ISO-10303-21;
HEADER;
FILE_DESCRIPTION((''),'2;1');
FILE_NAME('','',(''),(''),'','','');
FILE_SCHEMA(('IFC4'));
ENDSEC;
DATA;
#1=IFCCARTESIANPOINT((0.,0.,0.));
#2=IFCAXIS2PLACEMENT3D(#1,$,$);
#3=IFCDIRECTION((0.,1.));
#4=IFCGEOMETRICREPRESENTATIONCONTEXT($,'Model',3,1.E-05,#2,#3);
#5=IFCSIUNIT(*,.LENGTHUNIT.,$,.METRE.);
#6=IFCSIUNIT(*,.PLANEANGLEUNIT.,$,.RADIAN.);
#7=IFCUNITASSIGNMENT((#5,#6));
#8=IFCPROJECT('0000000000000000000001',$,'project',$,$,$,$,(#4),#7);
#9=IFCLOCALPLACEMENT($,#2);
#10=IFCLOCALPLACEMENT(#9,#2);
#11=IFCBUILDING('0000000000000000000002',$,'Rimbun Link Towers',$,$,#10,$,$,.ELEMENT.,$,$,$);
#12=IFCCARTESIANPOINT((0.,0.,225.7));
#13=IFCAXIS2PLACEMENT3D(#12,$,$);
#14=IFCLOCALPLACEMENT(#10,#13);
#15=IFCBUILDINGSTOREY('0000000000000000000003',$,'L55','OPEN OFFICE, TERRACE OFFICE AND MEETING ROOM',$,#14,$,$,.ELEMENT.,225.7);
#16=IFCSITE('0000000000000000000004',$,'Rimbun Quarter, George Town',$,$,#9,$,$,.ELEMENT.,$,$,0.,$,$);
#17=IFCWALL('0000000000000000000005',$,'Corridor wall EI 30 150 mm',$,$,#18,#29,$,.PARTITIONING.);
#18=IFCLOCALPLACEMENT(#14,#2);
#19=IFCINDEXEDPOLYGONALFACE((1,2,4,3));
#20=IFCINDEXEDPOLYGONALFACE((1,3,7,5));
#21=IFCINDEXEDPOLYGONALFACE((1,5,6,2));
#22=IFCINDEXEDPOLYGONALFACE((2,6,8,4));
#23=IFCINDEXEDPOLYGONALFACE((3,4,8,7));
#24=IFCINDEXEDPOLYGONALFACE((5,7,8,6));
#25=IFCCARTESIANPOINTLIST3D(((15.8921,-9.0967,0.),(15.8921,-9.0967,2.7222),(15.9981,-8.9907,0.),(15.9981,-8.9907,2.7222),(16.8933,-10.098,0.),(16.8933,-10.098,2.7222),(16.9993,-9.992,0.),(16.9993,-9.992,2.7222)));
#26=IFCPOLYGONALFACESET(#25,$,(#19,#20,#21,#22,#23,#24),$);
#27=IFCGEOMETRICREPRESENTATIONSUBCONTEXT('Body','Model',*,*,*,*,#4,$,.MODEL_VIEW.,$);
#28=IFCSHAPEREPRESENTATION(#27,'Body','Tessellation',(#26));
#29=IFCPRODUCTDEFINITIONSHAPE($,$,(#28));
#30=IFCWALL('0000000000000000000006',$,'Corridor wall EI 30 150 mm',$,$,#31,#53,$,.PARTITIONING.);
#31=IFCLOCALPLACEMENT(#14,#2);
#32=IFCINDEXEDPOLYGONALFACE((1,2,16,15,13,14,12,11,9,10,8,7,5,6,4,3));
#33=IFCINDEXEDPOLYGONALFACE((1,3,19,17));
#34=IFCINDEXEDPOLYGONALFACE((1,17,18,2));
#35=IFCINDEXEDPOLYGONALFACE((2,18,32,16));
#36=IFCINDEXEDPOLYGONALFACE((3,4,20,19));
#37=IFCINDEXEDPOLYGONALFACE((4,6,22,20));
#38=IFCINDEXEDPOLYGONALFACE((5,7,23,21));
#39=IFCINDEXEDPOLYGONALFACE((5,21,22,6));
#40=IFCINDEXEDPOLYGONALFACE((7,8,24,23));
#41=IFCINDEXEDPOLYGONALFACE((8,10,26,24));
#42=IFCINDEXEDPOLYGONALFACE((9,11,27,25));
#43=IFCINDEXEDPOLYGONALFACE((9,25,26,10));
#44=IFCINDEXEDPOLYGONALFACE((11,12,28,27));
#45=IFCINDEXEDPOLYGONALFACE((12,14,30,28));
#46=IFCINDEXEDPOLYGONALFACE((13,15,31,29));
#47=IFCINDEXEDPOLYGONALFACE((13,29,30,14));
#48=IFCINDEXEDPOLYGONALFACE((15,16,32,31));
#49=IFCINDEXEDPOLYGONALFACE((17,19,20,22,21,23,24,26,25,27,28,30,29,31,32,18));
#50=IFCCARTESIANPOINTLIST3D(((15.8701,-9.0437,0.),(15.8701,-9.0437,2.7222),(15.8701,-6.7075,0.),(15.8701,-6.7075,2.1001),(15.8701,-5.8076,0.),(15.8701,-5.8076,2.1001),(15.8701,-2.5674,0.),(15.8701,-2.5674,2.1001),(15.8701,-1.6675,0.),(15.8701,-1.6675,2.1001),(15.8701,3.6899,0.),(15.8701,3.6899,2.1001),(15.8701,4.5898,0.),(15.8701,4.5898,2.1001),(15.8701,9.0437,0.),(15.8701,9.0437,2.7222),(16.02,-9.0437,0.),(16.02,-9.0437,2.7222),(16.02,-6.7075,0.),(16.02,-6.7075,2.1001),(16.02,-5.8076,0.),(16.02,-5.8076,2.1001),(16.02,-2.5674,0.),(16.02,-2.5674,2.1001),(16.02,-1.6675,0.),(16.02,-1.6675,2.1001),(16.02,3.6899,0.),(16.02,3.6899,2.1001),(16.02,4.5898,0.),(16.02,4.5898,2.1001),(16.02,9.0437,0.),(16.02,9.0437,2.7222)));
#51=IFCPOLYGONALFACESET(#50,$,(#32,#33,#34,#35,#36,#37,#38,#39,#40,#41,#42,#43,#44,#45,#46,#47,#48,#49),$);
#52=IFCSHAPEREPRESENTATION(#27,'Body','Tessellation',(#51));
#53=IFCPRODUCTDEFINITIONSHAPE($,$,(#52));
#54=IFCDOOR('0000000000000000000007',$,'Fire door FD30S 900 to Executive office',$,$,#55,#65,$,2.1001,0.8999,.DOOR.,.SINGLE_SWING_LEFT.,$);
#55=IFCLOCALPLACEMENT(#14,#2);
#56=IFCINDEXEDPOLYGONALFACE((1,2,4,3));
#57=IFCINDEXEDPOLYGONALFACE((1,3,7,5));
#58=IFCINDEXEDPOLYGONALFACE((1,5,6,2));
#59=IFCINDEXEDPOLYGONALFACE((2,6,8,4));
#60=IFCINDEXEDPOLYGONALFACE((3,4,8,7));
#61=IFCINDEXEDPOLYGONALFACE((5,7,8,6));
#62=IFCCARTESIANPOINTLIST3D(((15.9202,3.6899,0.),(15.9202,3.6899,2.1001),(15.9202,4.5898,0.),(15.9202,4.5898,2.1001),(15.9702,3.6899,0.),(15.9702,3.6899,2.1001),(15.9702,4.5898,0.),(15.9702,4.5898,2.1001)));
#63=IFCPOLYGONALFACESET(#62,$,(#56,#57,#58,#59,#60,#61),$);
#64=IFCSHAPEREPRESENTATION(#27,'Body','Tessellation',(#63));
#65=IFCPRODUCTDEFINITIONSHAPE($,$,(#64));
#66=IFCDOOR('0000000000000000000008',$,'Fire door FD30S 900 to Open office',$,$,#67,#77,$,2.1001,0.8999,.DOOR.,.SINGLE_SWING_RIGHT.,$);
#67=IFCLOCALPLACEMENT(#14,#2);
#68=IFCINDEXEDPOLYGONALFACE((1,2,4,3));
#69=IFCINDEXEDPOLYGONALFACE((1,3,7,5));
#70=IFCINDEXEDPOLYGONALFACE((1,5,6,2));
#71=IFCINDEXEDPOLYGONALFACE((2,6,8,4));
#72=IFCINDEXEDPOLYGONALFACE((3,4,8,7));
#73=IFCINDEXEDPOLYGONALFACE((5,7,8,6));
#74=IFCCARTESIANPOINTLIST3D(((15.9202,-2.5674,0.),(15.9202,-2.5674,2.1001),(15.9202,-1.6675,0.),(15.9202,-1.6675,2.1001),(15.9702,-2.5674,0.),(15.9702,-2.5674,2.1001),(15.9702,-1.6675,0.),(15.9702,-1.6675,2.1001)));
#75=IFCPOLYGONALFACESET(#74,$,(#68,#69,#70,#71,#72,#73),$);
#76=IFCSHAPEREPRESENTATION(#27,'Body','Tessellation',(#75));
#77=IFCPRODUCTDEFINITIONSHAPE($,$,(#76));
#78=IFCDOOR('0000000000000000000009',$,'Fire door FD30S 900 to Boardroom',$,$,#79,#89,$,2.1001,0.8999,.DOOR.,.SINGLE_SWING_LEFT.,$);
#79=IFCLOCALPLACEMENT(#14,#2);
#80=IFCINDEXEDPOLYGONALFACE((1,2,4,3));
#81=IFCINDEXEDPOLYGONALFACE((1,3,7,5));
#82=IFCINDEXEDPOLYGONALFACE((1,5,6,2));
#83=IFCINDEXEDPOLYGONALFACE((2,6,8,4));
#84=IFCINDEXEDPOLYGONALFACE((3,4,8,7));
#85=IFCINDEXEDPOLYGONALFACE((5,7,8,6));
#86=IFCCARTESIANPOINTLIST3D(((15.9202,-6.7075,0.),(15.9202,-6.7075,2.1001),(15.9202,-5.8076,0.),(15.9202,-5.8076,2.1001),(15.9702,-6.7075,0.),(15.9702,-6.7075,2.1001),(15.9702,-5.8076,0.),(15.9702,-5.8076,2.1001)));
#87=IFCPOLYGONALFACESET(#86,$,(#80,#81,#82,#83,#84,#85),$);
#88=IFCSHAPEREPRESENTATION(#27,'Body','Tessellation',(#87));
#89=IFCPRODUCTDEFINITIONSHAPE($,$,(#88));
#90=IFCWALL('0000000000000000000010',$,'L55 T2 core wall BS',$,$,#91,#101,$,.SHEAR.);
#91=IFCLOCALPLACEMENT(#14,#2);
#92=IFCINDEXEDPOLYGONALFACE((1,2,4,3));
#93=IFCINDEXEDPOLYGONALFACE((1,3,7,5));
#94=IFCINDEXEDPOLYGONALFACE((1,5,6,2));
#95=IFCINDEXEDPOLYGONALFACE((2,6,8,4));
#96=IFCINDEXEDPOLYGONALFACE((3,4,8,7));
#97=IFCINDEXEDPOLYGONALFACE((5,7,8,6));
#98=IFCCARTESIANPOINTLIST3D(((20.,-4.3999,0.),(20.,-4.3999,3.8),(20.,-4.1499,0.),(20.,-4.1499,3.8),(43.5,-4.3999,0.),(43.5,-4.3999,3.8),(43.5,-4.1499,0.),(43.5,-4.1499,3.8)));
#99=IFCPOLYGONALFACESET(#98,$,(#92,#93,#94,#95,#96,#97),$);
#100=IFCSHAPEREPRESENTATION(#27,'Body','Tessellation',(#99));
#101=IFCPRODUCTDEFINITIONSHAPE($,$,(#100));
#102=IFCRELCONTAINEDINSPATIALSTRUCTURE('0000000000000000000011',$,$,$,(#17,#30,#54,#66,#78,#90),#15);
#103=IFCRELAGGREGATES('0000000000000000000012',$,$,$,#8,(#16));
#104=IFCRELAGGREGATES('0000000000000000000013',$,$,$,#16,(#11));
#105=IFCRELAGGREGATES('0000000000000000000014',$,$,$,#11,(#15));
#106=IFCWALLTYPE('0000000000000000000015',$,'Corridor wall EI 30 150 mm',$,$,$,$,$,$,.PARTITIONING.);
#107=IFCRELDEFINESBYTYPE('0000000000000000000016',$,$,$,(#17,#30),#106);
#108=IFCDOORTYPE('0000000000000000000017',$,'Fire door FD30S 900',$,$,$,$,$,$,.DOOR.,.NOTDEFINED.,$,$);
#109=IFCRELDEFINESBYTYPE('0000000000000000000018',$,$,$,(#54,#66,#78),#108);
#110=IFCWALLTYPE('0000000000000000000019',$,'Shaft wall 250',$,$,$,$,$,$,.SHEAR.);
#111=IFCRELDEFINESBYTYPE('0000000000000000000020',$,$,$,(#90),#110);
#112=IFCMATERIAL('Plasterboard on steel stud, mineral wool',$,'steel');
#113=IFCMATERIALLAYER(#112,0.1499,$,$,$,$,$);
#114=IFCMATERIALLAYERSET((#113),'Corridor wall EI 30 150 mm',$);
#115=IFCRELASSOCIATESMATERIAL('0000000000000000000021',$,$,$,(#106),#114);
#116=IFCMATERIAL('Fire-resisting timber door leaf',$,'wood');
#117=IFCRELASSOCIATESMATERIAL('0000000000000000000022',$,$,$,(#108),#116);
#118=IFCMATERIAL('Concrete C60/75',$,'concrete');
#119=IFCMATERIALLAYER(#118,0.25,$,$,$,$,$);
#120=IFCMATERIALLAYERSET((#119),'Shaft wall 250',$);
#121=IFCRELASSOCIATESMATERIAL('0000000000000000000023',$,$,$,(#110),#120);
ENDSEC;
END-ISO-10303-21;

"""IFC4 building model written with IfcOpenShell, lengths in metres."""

from ifc_helpers import new_model, si_unit, direction, frame, frame_2d, origin, place, context, subcontext, project, spatial, rectangle, extrude, material, layer, layer_set, type_object, element, fill, save


model = new_model("IFC4")

# Units and contexts
model_context = context("Model", 3, precision=1e-05, world=origin(), true_north=direction((0.0, 1.0)))
body_context = subcontext(model_context, "Body", "Model", "MODEL_VIEW")
ifc_project = project(units=[si_unit("LENGTHUNIT", "METRE"), si_unit("PLANEANGLEUNIT", "RADIAN")], contexts=[model_context])

# Site, building, storey
site_placement = place(None, origin())
site = spatial("IfcSite", under=ifc_project, at=site_placement, Name="Rimbun Quarter, George Town", CompositionType="ELEMENT", RefElevation=0.0)
building_placement = place(site_placement, origin())
building = spatial("IfcBuilding", under=site, at=building_placement, Name="Rimbun Link Towers", CompositionType="ELEMENT")
storey_placement = place(building_placement, frame((0.0, 0.0, 225.7)))
storey = spatial("IfcBuildingStorey", under=building, at=storey_placement, Name="L55", Description="OPEN OFFICE, TERRACE OFFICE AND MEETING ROOM", CompositionType="ELEMENT", Elevation=225.7)

# Wall
ifc_material_1 = material(Name="Plasterboard on steel stud, mineral wool", Category="steel")
ifc_layer_1 = layer(ifc_material_1, 0.1499)
ifc_layer_set_1 = layer_set([ifc_layer_1], Name="Corridor wall EI 30 150 mm")
wall_type_1 = type_object("IfcWallType", Name="Corridor wall EI 30 150 mm", PredefinedType="PARTITIONING", material=ifc_layer_set_1)
wall_1_placement = place(storey_placement, frame((15.9451, -9.0437, 0.0), z_axis=(0.0, 0.0, 1.0), x_axis=(0.707107, -0.707107, 0.0)))
element("IfcWall", 1, at=wall_1_placement, inside=storey, type_object=wall_type_1, Name="Corridor wall EI 30 150 mm", PredefinedType="PARTITIONING", context=body_context, shape_type="SweptSolid", body=[
    extrude(rectangle(XDim=1.416, YDim=0.1499, at=frame_2d((0.708, 0.0))), origin(), (0.0, 0.0, 1.0), 2.7222),
])

# Wall, openings, doors
wall_2_placement = place(storey_placement, frame((15.9451, -9.0437, 0.0), z_axis=(0.0, 0.0, 1.0), x_axis=(0.0, 1.0, 0.0)))
wall_2 = element("IfcWall", 2, at=wall_2_placement, inside=storey, type_object=wall_type_1, Name="Corridor wall EI 30 150 mm", PredefinedType="PARTITIONING", context=body_context, shape_type="SweptSolid", body=[
    extrude(rectangle(XDim=18.0874, YDim=0.1499, at=frame_2d((9.0437, 0.0))), origin(), (0.0, 0.0, 1.0), 2.7222),
])
opening_1_placement = place(wall_2_placement, frame((12.7336, 0.0, 0.0)))
opening_1 = element("IfcOpeningElement", 3, at=opening_1_placement, cuts=wall_2, PredefinedType="OPENING", context=body_context, shape_type="SweptSolid", body=[
    extrude(rectangle(XDim=0.8999, YDim=2.1001, at=frame_2d((0.45, 1.05))), frame((0.0, 0.085, 0.0), z_axis=(0.0, -1.0, 0.0), x_axis=(1.0, 0.0, 0.0)), (0.0, 0.0, 1.0), 0.1699),
])
opening_2_placement = place(wall_2_placement, frame((6.4763, 0.0, 0.0)))
opening_2 = element("IfcOpeningElement", 4, at=opening_2_placement, cuts=wall_2, PredefinedType="OPENING", context=body_context, shape_type="SweptSolid", body=[
    extrude(rectangle(XDim=0.8999, YDim=2.1001, at=frame_2d((0.45, 1.05))), frame((0.0, 0.085, 0.0), z_axis=(0.0, -1.0, 0.0), x_axis=(1.0, 0.0, 0.0)), (0.0, 0.0, 1.0), 0.1699),
])
opening_3_placement = place(wall_2_placement, frame((2.3362, 0.0, 0.0)))
opening_3 = element("IfcOpeningElement", 5, at=opening_3_placement, cuts=wall_2, PredefinedType="OPENING", context=body_context, shape_type="SweptSolid", body=[
    extrude(rectangle(XDim=0.8999, YDim=2.1001, at=frame_2d((0.45, 1.05))), frame((0.0, 0.085, 0.0), z_axis=(0.0, -1.0, 0.0), x_axis=(1.0, 0.0, 0.0)), (0.0, 0.0, 1.0), 0.1699),
])
ifc_material_2 = material(Name="Fire-resisting timber door leaf", Category="wood")
door_type_1 = type_object("IfcDoorType", Name="Fire door FD30S 900", OperationType="NOTDEFINED", PredefinedType="DOOR", material=ifc_material_2)
door_1_placement = place(opening_1_placement, origin())
door_1 = element("IfcDoor", 6, at=door_1_placement, inside=storey, type_object=door_type_1, Name="Fire door FD30S 900 to Executive office", OperationType="SINGLE_SWING_LEFT", OverallHeight=2.1001, OverallWidth=0.8999, PredefinedType="DOOR", context=body_context, shape_type="SweptSolid", body=[
    extrude(rectangle(XDim=0.8999, YDim=2.1001, at=frame_2d((0.45, 1.05))), frame((0.0, 0.0249, 0.0), z_axis=(0.0, -1.0, 0.0), x_axis=(1.0, 0.0, 0.0)), (0.0, 0.0, 1.0), 0.05),
])
fill(opening_1, door_1)
door_2_placement = place(opening_2_placement, origin())
door_2 = element("IfcDoor", 7, at=door_2_placement, inside=storey, type_object=door_type_1, Name="Fire door FD30S 900 to Open office", OperationType="SINGLE_SWING_RIGHT", OverallHeight=2.1001, OverallWidth=0.8999, PredefinedType="DOOR", context=body_context, shape_type="SweptSolid", body=[
    extrude(rectangle(XDim=0.8999, YDim=2.1001, at=frame_2d((0.45, 1.05))), frame((0.0, 0.0249, 0.0), z_axis=(0.0, -1.0, 0.0), x_axis=(1.0, 0.0, 0.0)), (0.0, 0.0, 1.0), 0.05),
])
fill(opening_2, door_2)
door_3_placement = place(opening_3_placement, origin())
door_3 = element("IfcDoor", 8, at=door_3_placement, inside=storey, type_object=door_type_1, Name="Fire door FD30S 900 to Boardroom", OperationType="SINGLE_SWING_LEFT", OverallHeight=2.1001, OverallWidth=0.8999, PredefinedType="DOOR", context=body_context, shape_type="SweptSolid", body=[
    extrude(rectangle(XDim=0.8999, YDim=2.1001, at=frame_2d((0.45, 1.05))), frame((0.0, 0.0249, 0.0), z_axis=(0.0, -1.0, 0.0), x_axis=(1.0, 0.0, 0.0)), (0.0, 0.0, 1.0), 0.05),
])
fill(opening_3, door_3)

# Wall
ifc_material_3 = material(Name="Concrete C60/75", Category="concrete")
ifc_layer_2 = layer(ifc_material_3, 0.25)
ifc_layer_set_2 = layer_set([ifc_layer_2], Name="Shaft wall 250")
wall_type_2 = type_object("IfcWallType", Name="Shaft wall 250", PredefinedType="SHEAR", material=ifc_layer_set_2)
wall_3_placement = place(storey_placement, frame((20.0, -4.2749, 0.0), z_axis=(0.0, 0.0, 1.0), x_axis=(1.0, 0.0, 0.0)))
element("IfcWall", 9, at=wall_3_placement, inside=storey, type_object=wall_type_2, Name="L55 T2 core wall BS", PredefinedType="SHEAR", context=body_context, shape_type="SweptSolid", body=[
    extrude(rectangle(XDim=23.5, YDim=0.25, at=frame_2d((11.75, 0.0))), origin(), (0.0, 0.0, 1.0), 3.8),
])

save(model, "model.ifc")
